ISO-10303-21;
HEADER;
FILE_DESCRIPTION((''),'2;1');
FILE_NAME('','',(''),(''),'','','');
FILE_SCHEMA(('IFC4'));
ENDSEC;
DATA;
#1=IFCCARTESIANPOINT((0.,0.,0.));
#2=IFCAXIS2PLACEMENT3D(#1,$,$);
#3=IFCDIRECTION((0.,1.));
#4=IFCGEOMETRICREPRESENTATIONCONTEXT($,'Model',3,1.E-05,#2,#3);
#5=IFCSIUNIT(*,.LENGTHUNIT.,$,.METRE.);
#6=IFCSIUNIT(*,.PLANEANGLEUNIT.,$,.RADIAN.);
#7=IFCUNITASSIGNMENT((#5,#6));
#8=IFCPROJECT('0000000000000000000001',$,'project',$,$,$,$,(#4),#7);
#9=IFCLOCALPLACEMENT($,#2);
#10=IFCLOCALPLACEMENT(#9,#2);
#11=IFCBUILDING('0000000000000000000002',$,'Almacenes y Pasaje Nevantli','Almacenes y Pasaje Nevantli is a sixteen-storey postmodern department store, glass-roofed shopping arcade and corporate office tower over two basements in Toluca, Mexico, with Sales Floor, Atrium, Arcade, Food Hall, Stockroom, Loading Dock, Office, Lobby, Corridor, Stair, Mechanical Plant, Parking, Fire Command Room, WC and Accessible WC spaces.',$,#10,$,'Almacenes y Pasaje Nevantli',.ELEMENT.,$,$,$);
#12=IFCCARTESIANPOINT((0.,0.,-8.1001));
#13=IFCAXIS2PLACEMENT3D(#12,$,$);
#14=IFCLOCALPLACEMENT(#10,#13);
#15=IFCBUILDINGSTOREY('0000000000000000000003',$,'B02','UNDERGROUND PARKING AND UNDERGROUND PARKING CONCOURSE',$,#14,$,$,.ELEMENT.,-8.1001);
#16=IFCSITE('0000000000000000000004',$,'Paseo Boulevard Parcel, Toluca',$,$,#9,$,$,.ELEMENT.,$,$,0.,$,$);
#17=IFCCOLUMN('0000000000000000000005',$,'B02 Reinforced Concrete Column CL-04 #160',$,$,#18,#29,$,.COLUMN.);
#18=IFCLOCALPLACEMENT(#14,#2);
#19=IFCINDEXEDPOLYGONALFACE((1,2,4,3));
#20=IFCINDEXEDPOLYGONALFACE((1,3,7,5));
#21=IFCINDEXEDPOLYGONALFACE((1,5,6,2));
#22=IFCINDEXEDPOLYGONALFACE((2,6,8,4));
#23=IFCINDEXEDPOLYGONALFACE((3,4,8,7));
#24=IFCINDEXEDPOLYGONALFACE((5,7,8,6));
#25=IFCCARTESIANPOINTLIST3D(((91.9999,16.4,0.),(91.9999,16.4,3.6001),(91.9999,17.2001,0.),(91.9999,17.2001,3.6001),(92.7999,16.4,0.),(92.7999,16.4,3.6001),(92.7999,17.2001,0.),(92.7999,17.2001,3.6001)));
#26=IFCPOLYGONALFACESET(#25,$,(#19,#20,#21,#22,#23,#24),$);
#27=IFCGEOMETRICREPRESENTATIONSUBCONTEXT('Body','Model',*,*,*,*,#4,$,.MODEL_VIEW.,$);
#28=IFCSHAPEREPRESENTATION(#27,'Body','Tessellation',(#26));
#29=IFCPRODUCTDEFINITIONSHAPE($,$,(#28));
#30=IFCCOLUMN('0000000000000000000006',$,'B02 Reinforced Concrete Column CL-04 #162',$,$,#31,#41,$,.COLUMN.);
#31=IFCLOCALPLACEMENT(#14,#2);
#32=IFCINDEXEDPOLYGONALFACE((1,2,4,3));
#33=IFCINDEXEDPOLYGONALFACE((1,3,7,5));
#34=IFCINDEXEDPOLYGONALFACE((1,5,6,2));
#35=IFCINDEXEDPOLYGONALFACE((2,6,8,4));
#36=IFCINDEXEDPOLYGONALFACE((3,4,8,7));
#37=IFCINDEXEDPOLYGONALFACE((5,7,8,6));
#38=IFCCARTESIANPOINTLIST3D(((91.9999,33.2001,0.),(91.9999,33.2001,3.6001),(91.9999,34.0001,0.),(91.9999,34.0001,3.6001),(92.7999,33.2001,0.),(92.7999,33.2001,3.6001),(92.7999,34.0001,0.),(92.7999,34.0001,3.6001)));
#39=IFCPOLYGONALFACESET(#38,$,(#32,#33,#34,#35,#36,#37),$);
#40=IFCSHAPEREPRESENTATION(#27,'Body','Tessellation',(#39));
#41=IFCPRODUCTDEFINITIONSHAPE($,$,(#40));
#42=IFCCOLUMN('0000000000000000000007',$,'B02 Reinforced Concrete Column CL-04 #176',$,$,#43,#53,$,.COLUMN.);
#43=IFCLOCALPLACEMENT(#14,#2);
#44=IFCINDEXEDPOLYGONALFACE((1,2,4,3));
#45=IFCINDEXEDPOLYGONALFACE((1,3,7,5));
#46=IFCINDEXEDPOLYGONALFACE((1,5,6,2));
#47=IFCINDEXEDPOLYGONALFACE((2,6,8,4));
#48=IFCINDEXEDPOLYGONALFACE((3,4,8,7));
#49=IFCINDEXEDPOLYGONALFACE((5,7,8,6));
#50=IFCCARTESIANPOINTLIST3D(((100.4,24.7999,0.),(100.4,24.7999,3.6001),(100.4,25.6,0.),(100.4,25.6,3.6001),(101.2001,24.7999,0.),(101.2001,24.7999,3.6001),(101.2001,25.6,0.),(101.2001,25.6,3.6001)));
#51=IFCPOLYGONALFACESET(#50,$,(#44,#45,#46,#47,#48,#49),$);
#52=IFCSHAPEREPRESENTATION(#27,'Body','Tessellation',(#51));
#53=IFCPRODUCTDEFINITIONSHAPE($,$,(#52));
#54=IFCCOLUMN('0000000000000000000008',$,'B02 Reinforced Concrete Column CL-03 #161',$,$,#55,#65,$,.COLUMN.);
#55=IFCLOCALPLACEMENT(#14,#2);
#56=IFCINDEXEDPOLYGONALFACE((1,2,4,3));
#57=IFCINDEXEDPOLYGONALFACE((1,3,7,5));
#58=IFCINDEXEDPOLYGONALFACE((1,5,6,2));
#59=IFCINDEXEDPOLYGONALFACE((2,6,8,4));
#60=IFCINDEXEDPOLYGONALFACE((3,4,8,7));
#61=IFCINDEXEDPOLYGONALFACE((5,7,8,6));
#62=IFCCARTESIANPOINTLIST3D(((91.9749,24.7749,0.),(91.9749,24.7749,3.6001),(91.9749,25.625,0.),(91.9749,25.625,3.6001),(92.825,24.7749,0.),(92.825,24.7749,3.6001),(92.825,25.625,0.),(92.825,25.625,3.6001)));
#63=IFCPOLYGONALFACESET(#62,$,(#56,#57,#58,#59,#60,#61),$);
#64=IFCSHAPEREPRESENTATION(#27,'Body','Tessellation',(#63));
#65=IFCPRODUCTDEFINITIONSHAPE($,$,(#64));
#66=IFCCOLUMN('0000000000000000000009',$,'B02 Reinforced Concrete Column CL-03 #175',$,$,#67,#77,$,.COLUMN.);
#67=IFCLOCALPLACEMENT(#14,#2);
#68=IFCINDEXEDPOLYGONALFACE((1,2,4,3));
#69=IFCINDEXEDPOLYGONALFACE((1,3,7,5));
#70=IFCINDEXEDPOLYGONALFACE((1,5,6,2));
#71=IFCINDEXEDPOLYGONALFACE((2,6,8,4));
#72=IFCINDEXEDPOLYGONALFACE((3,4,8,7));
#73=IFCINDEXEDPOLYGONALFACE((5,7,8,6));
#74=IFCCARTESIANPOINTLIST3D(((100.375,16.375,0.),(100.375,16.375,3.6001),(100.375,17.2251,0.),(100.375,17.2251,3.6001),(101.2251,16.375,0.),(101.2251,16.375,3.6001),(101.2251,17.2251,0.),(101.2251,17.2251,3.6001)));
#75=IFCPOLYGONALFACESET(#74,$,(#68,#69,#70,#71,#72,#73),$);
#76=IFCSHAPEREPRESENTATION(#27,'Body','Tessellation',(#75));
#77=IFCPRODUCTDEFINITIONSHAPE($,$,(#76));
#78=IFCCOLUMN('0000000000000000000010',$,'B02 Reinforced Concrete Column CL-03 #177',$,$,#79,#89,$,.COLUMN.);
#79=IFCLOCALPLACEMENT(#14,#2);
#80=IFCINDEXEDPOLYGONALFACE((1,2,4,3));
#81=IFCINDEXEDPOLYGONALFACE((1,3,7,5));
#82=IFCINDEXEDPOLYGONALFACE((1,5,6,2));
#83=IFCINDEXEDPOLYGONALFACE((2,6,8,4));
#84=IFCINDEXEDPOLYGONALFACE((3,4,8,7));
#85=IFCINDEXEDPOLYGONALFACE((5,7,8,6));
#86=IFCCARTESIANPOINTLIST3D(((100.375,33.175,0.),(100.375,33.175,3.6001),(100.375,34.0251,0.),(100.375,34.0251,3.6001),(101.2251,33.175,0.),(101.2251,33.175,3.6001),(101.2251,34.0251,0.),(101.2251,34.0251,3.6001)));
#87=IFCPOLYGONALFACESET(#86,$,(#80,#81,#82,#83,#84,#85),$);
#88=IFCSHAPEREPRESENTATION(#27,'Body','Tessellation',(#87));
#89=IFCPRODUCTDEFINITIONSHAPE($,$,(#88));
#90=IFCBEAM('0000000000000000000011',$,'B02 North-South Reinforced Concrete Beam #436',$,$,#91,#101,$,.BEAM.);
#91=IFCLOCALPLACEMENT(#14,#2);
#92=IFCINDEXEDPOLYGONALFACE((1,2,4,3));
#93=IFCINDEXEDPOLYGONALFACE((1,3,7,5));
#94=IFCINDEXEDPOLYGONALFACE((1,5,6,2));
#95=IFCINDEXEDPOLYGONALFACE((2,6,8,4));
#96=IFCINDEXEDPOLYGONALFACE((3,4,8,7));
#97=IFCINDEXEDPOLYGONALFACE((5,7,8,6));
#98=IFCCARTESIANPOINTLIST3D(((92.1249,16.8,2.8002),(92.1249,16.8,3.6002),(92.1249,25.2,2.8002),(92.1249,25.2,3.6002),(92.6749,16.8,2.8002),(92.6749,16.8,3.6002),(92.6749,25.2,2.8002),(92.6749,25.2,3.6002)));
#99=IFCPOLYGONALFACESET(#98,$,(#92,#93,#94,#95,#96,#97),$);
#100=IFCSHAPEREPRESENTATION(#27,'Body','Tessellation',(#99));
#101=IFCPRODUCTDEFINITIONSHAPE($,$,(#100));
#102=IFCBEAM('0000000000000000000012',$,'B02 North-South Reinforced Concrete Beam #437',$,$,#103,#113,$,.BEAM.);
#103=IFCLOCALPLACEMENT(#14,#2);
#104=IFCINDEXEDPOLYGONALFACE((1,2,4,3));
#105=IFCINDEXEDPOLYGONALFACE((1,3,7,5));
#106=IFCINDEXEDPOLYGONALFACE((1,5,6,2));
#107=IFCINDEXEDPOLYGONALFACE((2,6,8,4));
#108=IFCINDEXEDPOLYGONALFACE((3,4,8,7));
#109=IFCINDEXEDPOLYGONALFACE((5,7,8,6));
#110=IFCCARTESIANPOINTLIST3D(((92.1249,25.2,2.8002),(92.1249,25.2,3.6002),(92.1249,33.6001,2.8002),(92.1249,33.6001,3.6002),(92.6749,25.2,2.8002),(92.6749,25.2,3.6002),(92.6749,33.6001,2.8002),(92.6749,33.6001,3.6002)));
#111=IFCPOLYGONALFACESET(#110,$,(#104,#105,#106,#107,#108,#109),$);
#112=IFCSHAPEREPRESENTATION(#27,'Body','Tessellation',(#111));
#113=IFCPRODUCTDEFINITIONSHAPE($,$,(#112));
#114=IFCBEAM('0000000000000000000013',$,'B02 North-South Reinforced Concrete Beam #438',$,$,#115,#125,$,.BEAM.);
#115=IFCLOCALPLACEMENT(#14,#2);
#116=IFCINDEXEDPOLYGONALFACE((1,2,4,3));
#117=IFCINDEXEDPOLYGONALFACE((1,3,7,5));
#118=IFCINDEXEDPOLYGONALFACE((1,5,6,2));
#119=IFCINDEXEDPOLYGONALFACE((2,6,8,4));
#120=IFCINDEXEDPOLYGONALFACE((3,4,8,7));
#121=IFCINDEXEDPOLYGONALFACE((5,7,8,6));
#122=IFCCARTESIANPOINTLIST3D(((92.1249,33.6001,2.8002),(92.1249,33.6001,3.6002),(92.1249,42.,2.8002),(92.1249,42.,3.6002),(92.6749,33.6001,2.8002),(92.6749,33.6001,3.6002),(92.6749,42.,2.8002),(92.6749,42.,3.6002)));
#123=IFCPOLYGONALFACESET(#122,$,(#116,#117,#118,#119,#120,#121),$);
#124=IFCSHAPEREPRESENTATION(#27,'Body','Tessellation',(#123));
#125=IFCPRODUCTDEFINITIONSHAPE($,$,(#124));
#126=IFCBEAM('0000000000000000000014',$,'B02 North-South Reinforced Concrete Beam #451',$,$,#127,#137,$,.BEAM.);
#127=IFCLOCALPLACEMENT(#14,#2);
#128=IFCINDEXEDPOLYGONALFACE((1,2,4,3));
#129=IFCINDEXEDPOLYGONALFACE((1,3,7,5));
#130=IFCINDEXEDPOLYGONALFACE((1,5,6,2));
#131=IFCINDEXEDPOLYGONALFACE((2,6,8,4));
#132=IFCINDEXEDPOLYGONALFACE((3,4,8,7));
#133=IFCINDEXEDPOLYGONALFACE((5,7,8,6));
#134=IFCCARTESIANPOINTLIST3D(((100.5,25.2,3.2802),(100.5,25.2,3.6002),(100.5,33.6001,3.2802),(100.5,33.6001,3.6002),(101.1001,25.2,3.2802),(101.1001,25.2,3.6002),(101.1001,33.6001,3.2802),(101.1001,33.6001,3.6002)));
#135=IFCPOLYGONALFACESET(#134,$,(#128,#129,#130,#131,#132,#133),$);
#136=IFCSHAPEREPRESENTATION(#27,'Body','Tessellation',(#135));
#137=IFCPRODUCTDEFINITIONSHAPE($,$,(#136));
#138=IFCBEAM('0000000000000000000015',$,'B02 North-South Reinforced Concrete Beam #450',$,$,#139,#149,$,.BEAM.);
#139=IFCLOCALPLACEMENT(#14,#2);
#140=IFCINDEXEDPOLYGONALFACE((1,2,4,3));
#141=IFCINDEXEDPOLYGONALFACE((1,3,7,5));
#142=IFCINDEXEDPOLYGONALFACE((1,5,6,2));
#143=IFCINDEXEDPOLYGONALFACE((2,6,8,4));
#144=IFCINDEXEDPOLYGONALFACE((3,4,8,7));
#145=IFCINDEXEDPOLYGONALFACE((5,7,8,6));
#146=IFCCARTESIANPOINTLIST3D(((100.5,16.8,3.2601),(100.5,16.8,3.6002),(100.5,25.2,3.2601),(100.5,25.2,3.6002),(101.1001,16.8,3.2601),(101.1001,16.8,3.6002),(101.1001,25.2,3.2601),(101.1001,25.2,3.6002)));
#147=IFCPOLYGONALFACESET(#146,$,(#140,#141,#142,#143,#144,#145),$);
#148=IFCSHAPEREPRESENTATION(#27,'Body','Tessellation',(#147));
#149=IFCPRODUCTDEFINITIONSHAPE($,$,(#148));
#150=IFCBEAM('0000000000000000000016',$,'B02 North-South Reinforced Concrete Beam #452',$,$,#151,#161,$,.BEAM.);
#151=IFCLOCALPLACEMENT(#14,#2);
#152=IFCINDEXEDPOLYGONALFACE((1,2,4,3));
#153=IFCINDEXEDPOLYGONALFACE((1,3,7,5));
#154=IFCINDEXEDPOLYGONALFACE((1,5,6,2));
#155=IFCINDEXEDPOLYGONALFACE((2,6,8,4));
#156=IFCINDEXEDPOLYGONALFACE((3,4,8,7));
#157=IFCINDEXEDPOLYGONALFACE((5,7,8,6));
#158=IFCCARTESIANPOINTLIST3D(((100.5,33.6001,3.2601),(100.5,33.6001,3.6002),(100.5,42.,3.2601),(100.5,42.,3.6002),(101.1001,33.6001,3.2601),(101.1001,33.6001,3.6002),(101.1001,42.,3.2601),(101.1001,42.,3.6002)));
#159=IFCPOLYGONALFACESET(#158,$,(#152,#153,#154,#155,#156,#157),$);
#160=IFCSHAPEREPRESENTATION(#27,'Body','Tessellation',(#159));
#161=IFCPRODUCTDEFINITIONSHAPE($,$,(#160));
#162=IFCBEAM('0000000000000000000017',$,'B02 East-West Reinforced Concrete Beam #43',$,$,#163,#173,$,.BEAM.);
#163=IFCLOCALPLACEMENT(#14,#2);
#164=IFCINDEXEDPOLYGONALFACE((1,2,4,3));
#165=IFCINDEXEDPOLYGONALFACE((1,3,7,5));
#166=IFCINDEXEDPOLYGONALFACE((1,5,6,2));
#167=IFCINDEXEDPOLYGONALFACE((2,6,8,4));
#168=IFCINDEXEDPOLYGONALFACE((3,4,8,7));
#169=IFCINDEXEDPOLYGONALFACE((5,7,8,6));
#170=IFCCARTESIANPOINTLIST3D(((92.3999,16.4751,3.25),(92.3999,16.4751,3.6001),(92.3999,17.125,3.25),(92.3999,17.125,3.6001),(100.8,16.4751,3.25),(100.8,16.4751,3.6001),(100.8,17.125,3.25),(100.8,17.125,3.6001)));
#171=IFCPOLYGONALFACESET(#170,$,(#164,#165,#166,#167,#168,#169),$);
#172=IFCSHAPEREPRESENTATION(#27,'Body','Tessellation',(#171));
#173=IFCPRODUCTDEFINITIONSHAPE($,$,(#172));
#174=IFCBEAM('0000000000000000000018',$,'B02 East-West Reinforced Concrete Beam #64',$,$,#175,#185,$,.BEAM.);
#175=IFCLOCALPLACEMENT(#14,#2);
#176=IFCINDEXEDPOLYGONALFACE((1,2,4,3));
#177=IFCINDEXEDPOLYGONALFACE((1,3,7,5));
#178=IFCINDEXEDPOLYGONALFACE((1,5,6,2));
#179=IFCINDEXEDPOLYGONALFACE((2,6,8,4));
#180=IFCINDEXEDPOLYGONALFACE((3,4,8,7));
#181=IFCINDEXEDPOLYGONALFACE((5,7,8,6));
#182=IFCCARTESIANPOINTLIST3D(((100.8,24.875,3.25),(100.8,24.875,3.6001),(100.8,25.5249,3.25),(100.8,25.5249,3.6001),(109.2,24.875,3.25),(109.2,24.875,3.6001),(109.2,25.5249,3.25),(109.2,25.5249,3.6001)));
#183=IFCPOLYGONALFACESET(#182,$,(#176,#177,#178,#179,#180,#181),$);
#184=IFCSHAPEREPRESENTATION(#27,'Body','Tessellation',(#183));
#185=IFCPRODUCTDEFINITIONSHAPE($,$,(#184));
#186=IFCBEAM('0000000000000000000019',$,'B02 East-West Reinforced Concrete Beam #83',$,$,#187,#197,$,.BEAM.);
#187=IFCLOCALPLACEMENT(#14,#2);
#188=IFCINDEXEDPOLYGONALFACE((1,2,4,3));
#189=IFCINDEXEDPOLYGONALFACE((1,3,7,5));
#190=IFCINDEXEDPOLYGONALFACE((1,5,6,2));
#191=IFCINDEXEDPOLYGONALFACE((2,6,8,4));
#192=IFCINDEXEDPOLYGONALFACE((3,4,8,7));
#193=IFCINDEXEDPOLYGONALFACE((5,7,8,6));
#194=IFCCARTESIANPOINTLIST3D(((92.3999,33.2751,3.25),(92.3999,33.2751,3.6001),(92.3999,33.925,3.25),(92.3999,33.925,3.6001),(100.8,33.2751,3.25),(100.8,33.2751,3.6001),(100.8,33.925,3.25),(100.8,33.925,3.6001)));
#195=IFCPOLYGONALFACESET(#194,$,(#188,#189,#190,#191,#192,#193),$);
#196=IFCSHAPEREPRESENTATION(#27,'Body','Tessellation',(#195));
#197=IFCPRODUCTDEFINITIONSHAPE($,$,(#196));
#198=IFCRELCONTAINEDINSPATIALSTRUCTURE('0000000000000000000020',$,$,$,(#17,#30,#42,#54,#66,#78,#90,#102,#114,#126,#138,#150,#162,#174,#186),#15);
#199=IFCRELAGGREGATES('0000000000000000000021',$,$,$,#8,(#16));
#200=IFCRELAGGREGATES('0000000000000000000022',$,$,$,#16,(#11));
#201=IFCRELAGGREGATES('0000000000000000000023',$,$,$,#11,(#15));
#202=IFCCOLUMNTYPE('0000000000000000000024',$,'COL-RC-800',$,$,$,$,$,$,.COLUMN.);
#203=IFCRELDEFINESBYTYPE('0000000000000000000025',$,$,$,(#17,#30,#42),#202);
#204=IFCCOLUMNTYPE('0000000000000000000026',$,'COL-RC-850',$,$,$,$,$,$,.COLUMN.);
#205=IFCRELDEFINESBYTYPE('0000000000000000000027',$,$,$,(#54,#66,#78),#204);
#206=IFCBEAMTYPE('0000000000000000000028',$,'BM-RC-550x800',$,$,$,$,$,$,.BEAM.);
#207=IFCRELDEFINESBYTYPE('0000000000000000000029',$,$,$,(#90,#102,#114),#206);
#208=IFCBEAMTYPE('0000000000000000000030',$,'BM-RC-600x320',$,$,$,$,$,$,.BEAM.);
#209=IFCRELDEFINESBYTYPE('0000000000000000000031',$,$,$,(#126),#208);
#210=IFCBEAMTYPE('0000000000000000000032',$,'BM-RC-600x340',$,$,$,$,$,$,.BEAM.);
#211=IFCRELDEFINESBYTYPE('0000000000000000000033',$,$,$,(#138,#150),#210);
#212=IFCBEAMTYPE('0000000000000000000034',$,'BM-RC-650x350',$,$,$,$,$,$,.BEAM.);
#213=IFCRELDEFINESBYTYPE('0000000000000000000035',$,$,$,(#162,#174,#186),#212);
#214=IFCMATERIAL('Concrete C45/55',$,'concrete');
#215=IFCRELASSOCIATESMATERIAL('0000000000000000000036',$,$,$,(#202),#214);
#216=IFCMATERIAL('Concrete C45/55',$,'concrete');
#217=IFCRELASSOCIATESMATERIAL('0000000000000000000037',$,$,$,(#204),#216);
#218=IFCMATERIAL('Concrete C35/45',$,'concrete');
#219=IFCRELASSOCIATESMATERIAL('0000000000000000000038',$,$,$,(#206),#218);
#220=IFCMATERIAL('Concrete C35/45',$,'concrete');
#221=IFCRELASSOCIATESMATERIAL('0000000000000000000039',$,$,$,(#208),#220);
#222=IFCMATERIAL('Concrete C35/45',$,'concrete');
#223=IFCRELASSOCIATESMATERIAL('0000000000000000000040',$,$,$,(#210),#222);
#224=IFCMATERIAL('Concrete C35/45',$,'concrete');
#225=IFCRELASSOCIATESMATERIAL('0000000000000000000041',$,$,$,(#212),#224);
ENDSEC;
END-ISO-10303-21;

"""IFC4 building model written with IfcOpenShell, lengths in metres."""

from ifc_helpers import new_model, si_unit, direction, frame, origin, origin_2d, place, context, subcontext, project, spatial, rectangle, extrude, material, material_profile, profile_set, type_object, element, save


model = new_model("IFC4")

# Units and contexts
model_context = context("Model", 3, precision=1e-05, world=origin(), true_north=direction((0.0, 1.0)))
body_context = subcontext(model_context, "Body", "Model", "MODEL_VIEW")
ifc_project = project(units=[si_unit("LENGTHUNIT", "METRE"), si_unit("PLANEANGLEUNIT", "RADIAN")], contexts=[model_context])

# Site, building, storey
site_placement = place(None, origin())
site = spatial("IfcSite", under=ifc_project, at=site_placement, Name="Paseo Boulevard Parcel, Toluca", CompositionType="ELEMENT", RefElevation=0.0)
building_placement = place(site_placement, origin())
building = spatial("IfcBuilding", under=site, at=building_placement, Name="Almacenes y Pasaje Nevantli", Description="Almacenes y Pasaje Nevantli is a sixteen-storey postmodern department store, glass-roofed shopping arcade and corporate office tower over two basements in Toluca, Mexico, with Sales Floor, Atrium, Arcade, Food Hall, Stockroom, Loading Dock, Office, Lobby, Corridor, Stair, Mechanical Plant, Parking, Fire Command Room, WC and Accessible WC spaces.", LongName="Almacenes y Pasaje Nevantli", CompositionType="ELEMENT")
storey_placement = place(building_placement, frame((0.0, 0.0, -8.1001)))
storey = spatial("IfcBuildingStorey", under=building, at=storey_placement, Name="B02", Description="UNDERGROUND PARKING AND UNDERGROUND PARKING CONCOURSE", CompositionType="ELEMENT", Elevation=-8.1001)

# Columns
ifc_material_1 = material(Name="Concrete C45/55", Category="concrete")
ifc_material_profile_1 = material_profile(ifc_material_1, rectangle(XDim=0.8, YDim=0.8, at=origin_2d()), Name="RC-COL-800x800")
ifc_profile_set_1 = profile_set([ifc_material_profile_1], Name="Concrete C45/55")
column_type_1 = type_object("IfcColumnType", Name="COL-RC-800", PredefinedType="COLUMN", material=ifc_profile_set_1)
for number, where, z_axis, x_axis, name in (
    (1, (92.3999, 16.8, 0.0), (0.0, 0.0, 1.0), (1.0, 0.0, 0.0), "B02 Reinforced Concrete Column CL-04 #160"),
    (2, (92.3999, 33.6001, 0.0), (0.0, 0.0, 1.0), (1.0, 0.0, 0.0), "B02 Reinforced Concrete Column CL-04 #162"),
    (3, (100.8, 25.2, 0.0), (0.0, 0.0, 1.0), (1.0, 0.0, 0.0), "B02 Reinforced Concrete Column CL-04 #176"),
):
    element("IfcColumn", number, at=place(storey_placement, frame(where, z_axis=z_axis, x_axis=x_axis)), inside=storey, type_object=column_type_1, Name=name, PredefinedType="COLUMN", context=body_context, shape_type="SweptSolid", body=[
        extrude(rectangle(XDim=0.8, YDim=0.8, at=origin_2d()), origin(), (0.0, 0.0, 1.0), 3.6001),
    ])
ifc_material_2 = material(Name="Concrete C45/55", Category="concrete")
ifc_material_profile_2 = material_profile(ifc_material_2, rectangle(XDim=0.8501, YDim=0.8501, at=origin_2d()), Name="RC-COL-850x850")
ifc_profile_set_2 = profile_set([ifc_material_profile_2], Name="Concrete C45/55")
column_type_2 = type_object("IfcColumnType", Name="COL-RC-850", PredefinedType="COLUMN", material=ifc_profile_set_2)
for number, where, z_axis, x_axis, name in (
    (4, (92.3999, 25.2, 0.0), (0.0, 0.0, 1.0), (1.0, 0.0, 0.0), "B02 Reinforced Concrete Column CL-03 #161"),
    (5, (100.8, 16.8, 0.0), (0.0, 0.0, 1.0), (1.0, 0.0, 0.0), "B02 Reinforced Concrete Column CL-03 #175"),
    (6, (100.8, 33.6001, 0.0), (0.0, 0.0, 1.0), (1.0, 0.0, 0.0), "B02 Reinforced Concrete Column CL-03 #177"),
):
    element("IfcColumn", number, at=place(storey_placement, frame(where, z_axis=z_axis, x_axis=x_axis)), inside=storey, type_object=column_type_2, Name=name, PredefinedType="COLUMN", context=body_context, shape_type="SweptSolid", body=[
        extrude(rectangle(XDim=0.8501, YDim=0.8501, at=origin_2d()), origin(), (0.0, 0.0, 1.0), 3.6001),
    ])

# Beams
ifc_material_3 = material(Name="Concrete C35/45", Category="concrete")
ifc_material_profile_3 = material_profile(ifc_material_3, rectangle(XDim=0.55, YDim=0.8, at=origin_2d()), Name="RC-BM-550x800")
ifc_profile_set_3 = profile_set([ifc_material_profile_3], Name="Concrete C35/45")
beam_type_1 = type_object("IfcBeamType", Name="BM-RC-550x800", PredefinedType="BEAM", material=ifc_profile_set_3)
beam_1_placement = place(storey_placement, frame((92.3999, 16.8, 3.2002), z_axis=(0.0, 1.0, 0.0), x_axis=(-1.0, 0.0, 0.0)))
element("IfcBeam", 7, at=beam_1_placement, inside=storey, type_object=beam_type_1, Name="B02 North-South Reinforced Concrete Beam #436", PredefinedType="BEAM", context=body_context, shape_type="SweptSolid", body=[
    extrude(rectangle(XDim=0.55, YDim=0.8, at=origin_2d()), origin(), (0.0, 0.0, 1.0), 8.3999),
])
beam_2_placement = place(storey_placement, frame((92.3999, 25.2, 3.2002), z_axis=(0.0, 1.0, 0.0), x_axis=(-1.0, 0.0, 0.0)))
element("IfcBeam", 8, at=beam_2_placement, inside=storey, type_object=beam_type_1, Name="B02 North-South Reinforced Concrete Beam #437", PredefinedType="BEAM", context=body_context, shape_type="SweptSolid", body=[
    extrude(rectangle(XDim=0.55, YDim=0.8, at=origin_2d()), origin(), (0.0, 0.0, 1.0), 8.4001),
])
beam_3_placement = place(storey_placement, frame((92.3999, 33.6001, 3.2002), z_axis=(0.0, 1.0, 0.0), x_axis=(-1.0, 0.0, 0.0)))
element("IfcBeam", 9, at=beam_3_placement, inside=storey, type_object=beam_type_1, Name="B02 North-South Reinforced Concrete Beam #438", PredefinedType="BEAM", context=body_context, shape_type="SweptSolid", body=[
    extrude(rectangle(XDim=0.55, YDim=0.8, at=origin_2d()), origin(), (0.0, 0.0, 1.0), 8.3999),
])
ifc_material_4 = material(Name="Concrete C35/45", Category="concrete")
ifc_material_profile_4 = material_profile(ifc_material_4, rectangle(XDim=0.6001, YDim=0.3201, at=origin_2d()), Name="RC-BM-600x320")
ifc_profile_set_4 = profile_set([ifc_material_profile_4], Name="Concrete C35/45")
beam_type_2 = type_object("IfcBeamType", Name="BM-RC-600x320", PredefinedType="BEAM", material=ifc_profile_set_4)
beam_4_placement = place(storey_placement, frame((100.8, 25.2, 3.4402), z_axis=(0.0, 1.0, 0.0), x_axis=(-1.0, 0.0, 0.0)))
element("IfcBeam", 10, at=beam_4_placement, inside=storey, type_object=beam_type_2, Name="B02 North-South Reinforced Concrete Beam #451", PredefinedType="BEAM", context=body_context, shape_type="SweptSolid", body=[
    extrude(rectangle(XDim=0.6001, YDim=0.3201, at=origin_2d()), origin(), (0.0, 0.0, 1.0), 8.4001),
])
ifc_material_5 = material(Name="Concrete C35/45", Category="concrete")
ifc_material_profile_5 = material_profile(ifc_material_5, rectangle(XDim=0.6001, YDim=0.3401, at=origin_2d()), Name="RC-BM-600x340")
ifc_profile_set_5 = profile_set([ifc_material_profile_5], Name="Concrete C35/45")
beam_type_3 = type_object("IfcBeamType", Name="BM-RC-600x340", PredefinedType="BEAM", material=ifc_profile_set_5)
for number, where, z_axis, x_axis, name in (
    (11, (100.8, 16.8, 3.4302), (0.0, 1.0, 0.0), (-1.0, 0.0, 0.0), "B02 North-South Reinforced Concrete Beam #450"),
    (12, (100.8, 33.6001, 3.4302), (0.0, 1.0, 0.0), (-1.0, 0.0, 0.0), "B02 North-South Reinforced Concrete Beam #452"),
):
    element("IfcBeam", number, at=place(storey_placement, frame(where, z_axis=z_axis, x_axis=x_axis)), inside=storey, type_object=beam_type_3, Name=name, PredefinedType="BEAM", context=body_context, shape_type="SweptSolid", body=[
        extrude(rectangle(XDim=0.6001, YDim=0.3401, at=origin_2d()), origin(), (0.0, 0.0, 1.0), 8.3999),
    ])
ifc_material_6 = material(Name="Concrete C35/45", Category="concrete")
ifc_material_profile_6 = material_profile(ifc_material_6, rectangle(XDim=0.6499, YDim=0.3501, at=origin_2d()), Name="RC-BM-650x350")
ifc_profile_set_6 = profile_set([ifc_material_profile_6], Name="Concrete C35/45")
beam_type_4 = type_object("IfcBeamType", Name="BM-RC-650x350", PredefinedType="BEAM", material=ifc_profile_set_6)
beam_5_placement = place(storey_placement, frame((92.3999, 16.8, 3.425), z_axis=(1.0, 0.0, 0.0), x_axis=(0.0, 1.0, 0.0)))
element("IfcBeam", 13, at=beam_5_placement, inside=storey, type_object=beam_type_4, Name="B02 East-West Reinforced Concrete Beam #43", PredefinedType="BEAM", context=body_context, shape_type="SweptSolid", body=[
    extrude(rectangle(XDim=0.6499, YDim=0.3501, at=origin_2d()), origin(), (0.0, 0.0, 1.0), 8.4001),
])
beam_6_placement = place(storey_placement, frame((100.8, 25.2, 3.425), z_axis=(1.0, 0.0, 0.0), x_axis=(0.0, 1.0, 0.0)))
element("IfcBeam", 14, at=beam_6_placement, inside=storey, type_object=beam_type_4, Name="B02 East-West Reinforced Concrete Beam #64", PredefinedType="BEAM", context=body_context, shape_type="SweptSolid", body=[
    extrude(rectangle(XDim=0.6499, YDim=0.3501, at=origin_2d()), origin(), (0.0, 0.0, 1.0), 8.3999),
])
beam_7_placement = place(storey_placement, frame((92.3999, 33.6001, 3.425), z_axis=(1.0, 0.0, 0.0), x_axis=(0.0, 1.0, 0.0)))
element("IfcBeam", 15, at=beam_7_placement, inside=storey, type_object=beam_type_4, Name="B02 East-West Reinforced Concrete Beam #83", PredefinedType="BEAM", context=body_context, shape_type="SweptSolid", body=[
    extrude(rectangle(XDim=0.6499, YDim=0.3501, at=origin_2d()), origin(), (0.0, 0.0, 1.0), 8.4001),
])

save(model, "model.ifc")
